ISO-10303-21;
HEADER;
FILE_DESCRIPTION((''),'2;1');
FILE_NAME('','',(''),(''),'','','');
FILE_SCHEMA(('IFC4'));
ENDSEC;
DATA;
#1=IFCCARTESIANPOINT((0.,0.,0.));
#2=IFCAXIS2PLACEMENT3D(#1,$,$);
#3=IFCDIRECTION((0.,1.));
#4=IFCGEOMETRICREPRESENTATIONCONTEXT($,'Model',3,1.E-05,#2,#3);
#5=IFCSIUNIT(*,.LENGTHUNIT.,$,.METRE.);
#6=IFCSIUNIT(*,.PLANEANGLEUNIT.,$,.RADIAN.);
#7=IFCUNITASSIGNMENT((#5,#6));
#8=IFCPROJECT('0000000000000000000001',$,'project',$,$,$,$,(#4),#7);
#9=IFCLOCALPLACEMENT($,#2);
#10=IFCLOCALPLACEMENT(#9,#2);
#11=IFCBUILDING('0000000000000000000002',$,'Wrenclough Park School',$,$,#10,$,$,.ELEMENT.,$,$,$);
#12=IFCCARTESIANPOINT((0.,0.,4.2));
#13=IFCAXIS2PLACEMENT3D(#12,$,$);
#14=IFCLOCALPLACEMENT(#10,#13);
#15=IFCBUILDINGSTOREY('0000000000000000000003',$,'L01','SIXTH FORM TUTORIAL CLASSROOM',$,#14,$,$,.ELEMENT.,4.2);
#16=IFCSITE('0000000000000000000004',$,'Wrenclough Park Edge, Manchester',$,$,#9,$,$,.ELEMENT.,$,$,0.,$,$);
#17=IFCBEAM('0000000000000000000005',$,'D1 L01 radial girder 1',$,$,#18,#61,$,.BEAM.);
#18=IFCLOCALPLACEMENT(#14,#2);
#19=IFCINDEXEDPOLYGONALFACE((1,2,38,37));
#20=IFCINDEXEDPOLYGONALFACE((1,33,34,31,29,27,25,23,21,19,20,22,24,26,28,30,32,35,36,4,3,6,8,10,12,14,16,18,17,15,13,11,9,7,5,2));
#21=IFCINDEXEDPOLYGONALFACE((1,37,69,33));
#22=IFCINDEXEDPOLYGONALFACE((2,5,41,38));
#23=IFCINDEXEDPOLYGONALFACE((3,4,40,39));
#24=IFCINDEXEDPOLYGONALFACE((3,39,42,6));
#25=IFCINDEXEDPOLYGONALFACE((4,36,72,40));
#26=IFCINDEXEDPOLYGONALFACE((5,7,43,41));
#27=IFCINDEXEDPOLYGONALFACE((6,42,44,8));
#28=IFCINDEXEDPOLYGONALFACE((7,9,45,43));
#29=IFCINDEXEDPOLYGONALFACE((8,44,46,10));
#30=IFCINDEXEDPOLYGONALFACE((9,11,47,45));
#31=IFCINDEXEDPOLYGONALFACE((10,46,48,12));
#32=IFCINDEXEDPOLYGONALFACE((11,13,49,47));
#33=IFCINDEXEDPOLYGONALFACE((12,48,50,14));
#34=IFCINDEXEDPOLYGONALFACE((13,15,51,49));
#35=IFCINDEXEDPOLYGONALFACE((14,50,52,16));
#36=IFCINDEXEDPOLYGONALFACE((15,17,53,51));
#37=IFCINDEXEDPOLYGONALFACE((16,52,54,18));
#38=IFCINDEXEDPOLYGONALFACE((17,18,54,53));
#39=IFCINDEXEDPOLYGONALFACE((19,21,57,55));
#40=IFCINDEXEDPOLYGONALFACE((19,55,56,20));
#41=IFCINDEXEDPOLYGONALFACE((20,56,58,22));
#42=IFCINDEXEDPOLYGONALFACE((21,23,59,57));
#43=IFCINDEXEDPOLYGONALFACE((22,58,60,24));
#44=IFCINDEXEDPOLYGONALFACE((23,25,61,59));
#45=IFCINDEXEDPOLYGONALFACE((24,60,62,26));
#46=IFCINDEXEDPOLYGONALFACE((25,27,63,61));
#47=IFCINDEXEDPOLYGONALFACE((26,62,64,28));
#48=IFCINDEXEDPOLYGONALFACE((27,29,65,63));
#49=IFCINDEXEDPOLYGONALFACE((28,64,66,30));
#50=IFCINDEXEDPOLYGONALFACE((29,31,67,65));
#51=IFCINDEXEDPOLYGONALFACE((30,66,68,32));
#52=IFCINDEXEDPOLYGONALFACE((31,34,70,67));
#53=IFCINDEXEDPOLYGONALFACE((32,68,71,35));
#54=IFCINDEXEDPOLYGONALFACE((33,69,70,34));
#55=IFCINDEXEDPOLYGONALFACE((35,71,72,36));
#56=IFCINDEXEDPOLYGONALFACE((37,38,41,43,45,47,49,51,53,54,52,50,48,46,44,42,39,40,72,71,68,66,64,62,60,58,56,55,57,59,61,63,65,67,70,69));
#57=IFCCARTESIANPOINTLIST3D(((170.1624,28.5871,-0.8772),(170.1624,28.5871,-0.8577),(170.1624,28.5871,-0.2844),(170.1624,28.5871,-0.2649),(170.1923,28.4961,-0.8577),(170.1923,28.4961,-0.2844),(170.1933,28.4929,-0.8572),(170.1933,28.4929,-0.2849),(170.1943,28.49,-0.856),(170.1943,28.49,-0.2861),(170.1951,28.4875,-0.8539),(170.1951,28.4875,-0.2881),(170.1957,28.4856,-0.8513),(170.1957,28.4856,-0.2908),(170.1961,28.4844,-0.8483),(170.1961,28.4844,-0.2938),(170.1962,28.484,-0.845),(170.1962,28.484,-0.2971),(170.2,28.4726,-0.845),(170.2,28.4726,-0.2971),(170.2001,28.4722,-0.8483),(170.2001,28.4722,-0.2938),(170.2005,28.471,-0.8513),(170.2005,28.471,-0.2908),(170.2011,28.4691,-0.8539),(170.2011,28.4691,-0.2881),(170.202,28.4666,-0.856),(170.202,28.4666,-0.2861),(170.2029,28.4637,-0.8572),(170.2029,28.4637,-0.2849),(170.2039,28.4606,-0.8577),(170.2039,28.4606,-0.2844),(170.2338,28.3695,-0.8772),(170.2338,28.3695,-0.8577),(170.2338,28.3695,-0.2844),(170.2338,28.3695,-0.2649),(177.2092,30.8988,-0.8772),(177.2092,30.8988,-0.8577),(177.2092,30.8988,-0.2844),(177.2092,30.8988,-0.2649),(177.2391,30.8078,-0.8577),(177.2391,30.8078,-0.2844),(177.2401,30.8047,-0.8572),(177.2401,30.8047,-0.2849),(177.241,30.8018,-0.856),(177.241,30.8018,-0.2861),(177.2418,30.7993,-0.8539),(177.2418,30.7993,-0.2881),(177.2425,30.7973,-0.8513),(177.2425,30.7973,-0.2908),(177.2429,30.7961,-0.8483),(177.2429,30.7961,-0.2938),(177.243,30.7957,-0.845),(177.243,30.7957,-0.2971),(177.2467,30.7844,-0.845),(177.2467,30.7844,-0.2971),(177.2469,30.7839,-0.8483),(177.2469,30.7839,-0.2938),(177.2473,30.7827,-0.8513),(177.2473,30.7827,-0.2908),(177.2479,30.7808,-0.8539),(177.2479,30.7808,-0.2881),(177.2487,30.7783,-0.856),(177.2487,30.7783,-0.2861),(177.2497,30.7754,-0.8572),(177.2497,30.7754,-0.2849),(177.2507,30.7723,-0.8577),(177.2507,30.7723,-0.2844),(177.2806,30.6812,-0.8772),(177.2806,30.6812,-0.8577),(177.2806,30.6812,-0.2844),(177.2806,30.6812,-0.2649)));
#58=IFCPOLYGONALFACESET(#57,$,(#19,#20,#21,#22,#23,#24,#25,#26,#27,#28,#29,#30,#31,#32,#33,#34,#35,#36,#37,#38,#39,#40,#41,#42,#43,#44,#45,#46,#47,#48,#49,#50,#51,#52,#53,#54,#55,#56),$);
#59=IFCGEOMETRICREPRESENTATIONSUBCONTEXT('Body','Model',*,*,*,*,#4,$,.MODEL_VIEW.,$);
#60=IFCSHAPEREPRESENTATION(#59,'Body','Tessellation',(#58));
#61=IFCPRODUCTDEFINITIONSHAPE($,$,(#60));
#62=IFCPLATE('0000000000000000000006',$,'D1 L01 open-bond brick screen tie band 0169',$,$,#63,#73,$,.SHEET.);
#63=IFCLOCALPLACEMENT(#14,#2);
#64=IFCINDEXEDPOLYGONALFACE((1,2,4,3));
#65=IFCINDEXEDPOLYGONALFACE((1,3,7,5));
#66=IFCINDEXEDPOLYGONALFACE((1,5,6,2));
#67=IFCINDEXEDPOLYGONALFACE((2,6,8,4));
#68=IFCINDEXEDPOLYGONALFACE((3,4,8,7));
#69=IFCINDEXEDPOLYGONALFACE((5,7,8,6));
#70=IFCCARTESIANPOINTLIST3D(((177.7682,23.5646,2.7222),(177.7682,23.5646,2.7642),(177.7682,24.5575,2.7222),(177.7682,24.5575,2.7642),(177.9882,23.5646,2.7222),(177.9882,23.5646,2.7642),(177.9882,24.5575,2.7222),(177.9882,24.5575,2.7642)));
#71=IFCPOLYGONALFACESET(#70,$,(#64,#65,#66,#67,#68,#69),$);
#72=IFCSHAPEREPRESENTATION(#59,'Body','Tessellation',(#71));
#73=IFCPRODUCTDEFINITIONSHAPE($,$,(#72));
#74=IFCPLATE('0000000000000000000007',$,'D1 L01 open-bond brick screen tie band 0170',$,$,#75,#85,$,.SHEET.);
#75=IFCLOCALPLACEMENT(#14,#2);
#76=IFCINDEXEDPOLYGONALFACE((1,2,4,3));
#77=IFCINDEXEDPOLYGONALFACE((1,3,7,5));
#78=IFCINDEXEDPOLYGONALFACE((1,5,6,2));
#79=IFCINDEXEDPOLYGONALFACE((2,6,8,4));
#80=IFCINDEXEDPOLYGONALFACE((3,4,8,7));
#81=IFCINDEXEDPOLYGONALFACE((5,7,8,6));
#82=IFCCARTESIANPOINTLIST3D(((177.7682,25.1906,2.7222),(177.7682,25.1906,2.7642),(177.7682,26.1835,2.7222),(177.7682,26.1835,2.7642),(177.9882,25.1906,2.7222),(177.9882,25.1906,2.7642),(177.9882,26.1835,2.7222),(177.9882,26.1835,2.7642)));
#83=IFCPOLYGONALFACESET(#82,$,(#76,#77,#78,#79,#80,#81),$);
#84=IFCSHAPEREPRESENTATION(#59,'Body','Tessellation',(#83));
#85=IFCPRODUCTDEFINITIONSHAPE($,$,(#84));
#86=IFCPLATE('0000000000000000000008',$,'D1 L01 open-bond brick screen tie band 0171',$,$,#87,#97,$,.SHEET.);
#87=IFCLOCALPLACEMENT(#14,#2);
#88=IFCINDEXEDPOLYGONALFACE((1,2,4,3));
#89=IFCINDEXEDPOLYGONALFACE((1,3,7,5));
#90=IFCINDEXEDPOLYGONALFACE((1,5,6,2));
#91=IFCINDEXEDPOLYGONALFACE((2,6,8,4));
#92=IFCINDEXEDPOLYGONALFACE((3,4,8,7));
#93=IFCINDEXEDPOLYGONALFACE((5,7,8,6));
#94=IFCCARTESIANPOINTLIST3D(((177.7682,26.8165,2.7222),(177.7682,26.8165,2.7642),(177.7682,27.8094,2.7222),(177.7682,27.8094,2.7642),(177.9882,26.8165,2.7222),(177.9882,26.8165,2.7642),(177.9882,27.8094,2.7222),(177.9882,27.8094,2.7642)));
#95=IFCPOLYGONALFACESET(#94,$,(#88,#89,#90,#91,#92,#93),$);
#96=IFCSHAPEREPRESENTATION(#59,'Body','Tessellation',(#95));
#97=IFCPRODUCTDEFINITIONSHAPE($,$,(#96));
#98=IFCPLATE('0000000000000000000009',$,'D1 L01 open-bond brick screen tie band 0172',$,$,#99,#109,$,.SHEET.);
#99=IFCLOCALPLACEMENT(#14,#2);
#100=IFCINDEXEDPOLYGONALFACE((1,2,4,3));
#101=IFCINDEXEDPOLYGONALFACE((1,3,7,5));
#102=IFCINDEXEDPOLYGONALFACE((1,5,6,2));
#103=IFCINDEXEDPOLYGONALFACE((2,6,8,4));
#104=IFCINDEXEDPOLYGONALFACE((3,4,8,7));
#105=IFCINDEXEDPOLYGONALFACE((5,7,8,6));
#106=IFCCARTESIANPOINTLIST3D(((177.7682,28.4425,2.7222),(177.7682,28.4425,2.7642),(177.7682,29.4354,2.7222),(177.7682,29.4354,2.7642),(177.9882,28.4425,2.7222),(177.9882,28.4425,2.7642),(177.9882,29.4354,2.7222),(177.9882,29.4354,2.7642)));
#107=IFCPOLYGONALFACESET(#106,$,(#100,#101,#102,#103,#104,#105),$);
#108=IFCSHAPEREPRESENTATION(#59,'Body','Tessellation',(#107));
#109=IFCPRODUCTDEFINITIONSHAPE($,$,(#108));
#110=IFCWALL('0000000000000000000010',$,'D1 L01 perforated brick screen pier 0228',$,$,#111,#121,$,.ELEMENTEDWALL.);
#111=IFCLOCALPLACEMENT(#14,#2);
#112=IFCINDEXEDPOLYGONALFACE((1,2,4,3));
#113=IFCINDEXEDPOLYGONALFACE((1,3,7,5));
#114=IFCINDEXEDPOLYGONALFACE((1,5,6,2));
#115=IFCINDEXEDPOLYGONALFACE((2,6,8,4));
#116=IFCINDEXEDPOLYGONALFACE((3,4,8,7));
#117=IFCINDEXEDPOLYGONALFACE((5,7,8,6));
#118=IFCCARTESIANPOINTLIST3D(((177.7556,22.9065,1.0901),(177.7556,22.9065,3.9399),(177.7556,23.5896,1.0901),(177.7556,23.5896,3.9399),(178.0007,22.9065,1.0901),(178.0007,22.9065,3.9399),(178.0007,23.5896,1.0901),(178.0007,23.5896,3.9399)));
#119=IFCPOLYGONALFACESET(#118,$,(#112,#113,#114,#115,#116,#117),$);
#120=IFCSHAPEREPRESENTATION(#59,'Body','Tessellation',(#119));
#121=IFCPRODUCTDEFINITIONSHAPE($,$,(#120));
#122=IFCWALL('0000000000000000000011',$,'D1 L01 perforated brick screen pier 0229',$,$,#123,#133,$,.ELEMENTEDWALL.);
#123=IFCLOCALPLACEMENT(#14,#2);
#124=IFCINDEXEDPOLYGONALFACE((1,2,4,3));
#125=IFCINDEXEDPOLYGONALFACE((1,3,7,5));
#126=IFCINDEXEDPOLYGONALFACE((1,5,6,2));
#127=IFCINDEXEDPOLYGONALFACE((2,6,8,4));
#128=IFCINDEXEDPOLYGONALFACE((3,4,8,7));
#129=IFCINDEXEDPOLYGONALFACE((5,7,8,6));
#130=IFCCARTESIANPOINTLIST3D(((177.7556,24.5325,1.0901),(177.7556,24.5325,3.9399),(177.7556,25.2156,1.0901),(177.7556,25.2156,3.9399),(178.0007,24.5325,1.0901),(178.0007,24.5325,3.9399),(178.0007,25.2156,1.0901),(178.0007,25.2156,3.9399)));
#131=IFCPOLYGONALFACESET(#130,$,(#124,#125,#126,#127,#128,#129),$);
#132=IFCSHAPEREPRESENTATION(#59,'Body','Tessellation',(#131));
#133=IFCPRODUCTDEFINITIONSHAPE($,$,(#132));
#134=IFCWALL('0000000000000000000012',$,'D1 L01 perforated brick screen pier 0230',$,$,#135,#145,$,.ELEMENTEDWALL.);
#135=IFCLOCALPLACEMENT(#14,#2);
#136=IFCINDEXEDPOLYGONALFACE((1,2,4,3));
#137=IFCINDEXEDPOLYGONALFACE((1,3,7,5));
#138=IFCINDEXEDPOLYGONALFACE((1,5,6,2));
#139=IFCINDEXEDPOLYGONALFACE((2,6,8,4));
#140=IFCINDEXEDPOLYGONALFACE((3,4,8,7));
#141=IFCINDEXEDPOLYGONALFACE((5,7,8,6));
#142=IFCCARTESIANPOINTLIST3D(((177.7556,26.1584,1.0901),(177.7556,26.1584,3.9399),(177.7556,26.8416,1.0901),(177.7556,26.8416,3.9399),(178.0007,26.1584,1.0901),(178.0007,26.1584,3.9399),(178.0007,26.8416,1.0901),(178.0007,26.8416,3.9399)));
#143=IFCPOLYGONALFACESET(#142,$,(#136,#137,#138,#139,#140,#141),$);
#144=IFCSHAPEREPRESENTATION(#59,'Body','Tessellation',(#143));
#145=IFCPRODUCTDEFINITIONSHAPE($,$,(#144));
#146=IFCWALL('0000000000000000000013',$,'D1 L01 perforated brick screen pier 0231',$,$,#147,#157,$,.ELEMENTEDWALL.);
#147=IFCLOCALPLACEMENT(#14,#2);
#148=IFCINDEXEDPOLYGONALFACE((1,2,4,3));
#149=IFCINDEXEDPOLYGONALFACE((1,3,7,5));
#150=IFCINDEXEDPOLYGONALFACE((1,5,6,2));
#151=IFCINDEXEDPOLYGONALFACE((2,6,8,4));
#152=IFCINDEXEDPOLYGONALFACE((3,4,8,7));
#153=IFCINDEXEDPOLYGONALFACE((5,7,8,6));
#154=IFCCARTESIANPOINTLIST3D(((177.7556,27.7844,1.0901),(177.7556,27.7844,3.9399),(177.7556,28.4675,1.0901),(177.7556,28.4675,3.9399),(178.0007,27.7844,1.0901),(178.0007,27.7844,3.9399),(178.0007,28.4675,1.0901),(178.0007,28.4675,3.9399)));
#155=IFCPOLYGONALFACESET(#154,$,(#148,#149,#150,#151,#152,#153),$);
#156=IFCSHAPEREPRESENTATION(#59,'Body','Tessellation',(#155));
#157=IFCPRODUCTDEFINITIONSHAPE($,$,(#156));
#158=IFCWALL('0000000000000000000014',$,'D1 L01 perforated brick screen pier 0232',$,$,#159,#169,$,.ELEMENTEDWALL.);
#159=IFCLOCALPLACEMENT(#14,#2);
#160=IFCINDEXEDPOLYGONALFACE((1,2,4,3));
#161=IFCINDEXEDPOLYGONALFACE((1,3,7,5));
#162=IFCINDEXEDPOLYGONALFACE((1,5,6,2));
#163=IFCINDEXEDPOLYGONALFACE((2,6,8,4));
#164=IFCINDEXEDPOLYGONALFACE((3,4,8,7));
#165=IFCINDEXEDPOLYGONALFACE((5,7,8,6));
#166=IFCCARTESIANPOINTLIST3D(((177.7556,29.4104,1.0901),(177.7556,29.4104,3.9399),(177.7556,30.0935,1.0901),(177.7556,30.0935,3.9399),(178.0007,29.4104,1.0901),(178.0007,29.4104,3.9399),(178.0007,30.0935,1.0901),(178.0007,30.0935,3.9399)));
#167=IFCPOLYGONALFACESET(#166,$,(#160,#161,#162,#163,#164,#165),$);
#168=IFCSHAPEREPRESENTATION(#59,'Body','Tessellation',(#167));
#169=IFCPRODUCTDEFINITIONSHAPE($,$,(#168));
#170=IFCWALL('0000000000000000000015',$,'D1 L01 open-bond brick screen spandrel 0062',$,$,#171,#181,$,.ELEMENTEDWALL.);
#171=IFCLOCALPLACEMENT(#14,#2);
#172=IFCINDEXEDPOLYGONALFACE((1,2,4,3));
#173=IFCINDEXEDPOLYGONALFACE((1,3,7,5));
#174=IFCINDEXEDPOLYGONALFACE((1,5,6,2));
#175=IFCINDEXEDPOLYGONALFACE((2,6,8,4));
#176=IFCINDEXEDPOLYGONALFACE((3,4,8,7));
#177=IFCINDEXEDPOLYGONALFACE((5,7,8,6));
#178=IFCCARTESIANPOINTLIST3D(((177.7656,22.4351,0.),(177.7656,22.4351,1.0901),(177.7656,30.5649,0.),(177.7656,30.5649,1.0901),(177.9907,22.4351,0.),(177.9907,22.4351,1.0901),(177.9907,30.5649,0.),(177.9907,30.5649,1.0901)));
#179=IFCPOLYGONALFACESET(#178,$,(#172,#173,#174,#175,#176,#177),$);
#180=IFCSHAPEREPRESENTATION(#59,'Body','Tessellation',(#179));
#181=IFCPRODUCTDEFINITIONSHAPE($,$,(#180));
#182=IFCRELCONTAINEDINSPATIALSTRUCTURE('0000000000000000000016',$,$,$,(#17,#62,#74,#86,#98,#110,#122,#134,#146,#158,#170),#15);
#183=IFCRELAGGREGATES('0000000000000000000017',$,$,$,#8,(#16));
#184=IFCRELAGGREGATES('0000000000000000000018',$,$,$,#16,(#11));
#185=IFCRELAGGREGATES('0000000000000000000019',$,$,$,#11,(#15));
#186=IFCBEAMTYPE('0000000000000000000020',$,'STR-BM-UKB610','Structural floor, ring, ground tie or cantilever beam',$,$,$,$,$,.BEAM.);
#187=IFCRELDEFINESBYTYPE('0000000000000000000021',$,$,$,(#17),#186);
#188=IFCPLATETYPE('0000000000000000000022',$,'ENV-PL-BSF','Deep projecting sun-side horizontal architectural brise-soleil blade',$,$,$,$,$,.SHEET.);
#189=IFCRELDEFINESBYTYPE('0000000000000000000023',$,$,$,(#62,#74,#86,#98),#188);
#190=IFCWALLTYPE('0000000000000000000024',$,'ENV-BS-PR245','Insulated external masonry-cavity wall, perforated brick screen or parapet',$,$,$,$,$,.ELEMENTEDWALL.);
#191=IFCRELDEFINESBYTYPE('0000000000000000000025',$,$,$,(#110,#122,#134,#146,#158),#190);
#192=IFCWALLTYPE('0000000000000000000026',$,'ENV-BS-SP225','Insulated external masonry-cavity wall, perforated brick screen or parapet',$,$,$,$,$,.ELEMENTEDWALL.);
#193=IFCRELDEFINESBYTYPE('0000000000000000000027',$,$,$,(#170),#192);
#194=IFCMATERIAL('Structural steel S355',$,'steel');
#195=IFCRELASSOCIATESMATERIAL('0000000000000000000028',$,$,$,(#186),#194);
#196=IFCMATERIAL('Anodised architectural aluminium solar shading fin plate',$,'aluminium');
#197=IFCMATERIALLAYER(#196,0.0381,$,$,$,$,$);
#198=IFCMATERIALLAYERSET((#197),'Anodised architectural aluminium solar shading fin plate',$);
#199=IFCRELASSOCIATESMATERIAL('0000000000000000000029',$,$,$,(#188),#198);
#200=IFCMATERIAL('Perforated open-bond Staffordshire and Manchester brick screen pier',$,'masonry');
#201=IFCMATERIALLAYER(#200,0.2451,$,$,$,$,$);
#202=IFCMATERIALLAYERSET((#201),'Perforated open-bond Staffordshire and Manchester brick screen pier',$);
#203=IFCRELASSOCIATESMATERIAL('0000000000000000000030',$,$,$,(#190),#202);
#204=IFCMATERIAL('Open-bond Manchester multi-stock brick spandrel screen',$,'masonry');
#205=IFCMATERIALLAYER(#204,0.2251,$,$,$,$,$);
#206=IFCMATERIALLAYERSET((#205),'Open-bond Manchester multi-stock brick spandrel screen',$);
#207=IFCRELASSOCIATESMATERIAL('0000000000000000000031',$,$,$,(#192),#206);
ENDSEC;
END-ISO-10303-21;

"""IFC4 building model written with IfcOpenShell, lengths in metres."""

from ifc_helpers import new_model, si_unit, direction, frame, frame_2d, origin, origin_2d, place, context, subcontext, project, spatial, rectangle, i_section, extrude, material, layer, layer_set, material_profile, profile_set, type_object, element, save


model = new_model("IFC4")

# Units and contexts
model_context = context("Model", 3, precision=1e-05, world=origin(), true_north=direction((0.0, 1.0)))
body_context = subcontext(model_context, "Body", "Model", "MODEL_VIEW")
ifc_project = project(units=[si_unit("LENGTHUNIT", "METRE"), si_unit("PLANEANGLEUNIT", "RADIAN")], contexts=[model_context])

# Site, building, storey
site_placement = place(None, origin())
site = spatial("IfcSite", under=ifc_project, at=site_placement, Name="Wrenclough Park Edge, Manchester", CompositionType="ELEMENT", RefElevation=0.0)
building_placement = place(site_placement, origin())
building = spatial("IfcBuilding", under=site, at=building_placement, Name="Wrenclough Park School", CompositionType="ELEMENT")
storey_placement = place(building_placement, frame((0.0, 0.0, 4.2)))
storey = spatial("IfcBuildingStorey", under=building, at=storey_placement, Name="L01", Description="SIXTH FORM TUTORIAL CLASSROOM", CompositionType="ELEMENT", Elevation=4.2)

# Shared definitions
ifc_material_1 = material(Name="Structural steel S355", Category="steel")

# Beam
ifc_material_profile_1 = material_profile(ifc_material_1, i_section(OverallWidth=0.229, OverallDepth=0.6123, WebThickness=0.012, FlangeThickness=0.0195, FilletRadius=0.0127, at=origin_2d()), Name="UKB 610x229x125")
ifc_profile_set_1 = profile_set([ifc_material_profile_1], Name="Structural steel S355")
beam_type_1 = type_object("IfcBeamType", Name="STR-BM-UKB610", Description="Structural floor, ring, ground tie or cantilever beam", PredefinedType="BEAM", material=ifc_profile_set_1)
beam_1_placement = place(storey_placement, frame((177.2449, 30.79, -0.571), z_axis=(-0.950177, -0.311711, 0.0), x_axis=(0.311711, -0.950177, 0.0)))
element("IfcBeam", 1, at=beam_1_placement, inside=storey, type_object=beam_type_1, Name="D1 L01 radial girder 1", PredefinedType="BEAM", context=body_context, shape_type="SweptSolid", body=[
    extrude(i_section(OverallWidth=0.229, OverallDepth=0.6123, WebThickness=0.012, FlangeThickness=0.0195, FilletRadius=0.0127, at=origin_2d()), origin(), (0.0, 0.0, 1.0), 7.4163),
])

# Plates
ifc_material_2 = material(Name="Anodised architectural aluminium solar shading fin plate", Category="aluminium")
ifc_layer_1 = layer(ifc_material_2, 0.0381)
ifc_layer_set_1 = layer_set([ifc_layer_1], Name="Anodised architectural aluminium solar shading fin plate")
plate_type = type_object("IfcPlateType", Name="ENV-PL-BSF", Description="Deep projecting sun-side horizontal architectural brise-soleil blade", PredefinedType="SHEET", material=ifc_layer_set_1)
for number, where, z_axis, x_axis, name in (
    (2, (177.8782, 24.061, 2.7222), (0.0, 0.0, 1.0), (0.0, 1.0, 0.0), "D1 L01 open-bond brick screen tie band 0169"),
    (3, (177.8782, 25.687, 2.7222), (0.0, 0.0, 1.0), (0.0, 1.0, 0.0), "D1 L01 open-bond brick screen tie band 0170"),
    (4, (177.8782, 27.313, 2.7222), (0.0, 0.0, 1.0), (0.0, 1.0, 0.0), "D1 L01 open-bond brick screen tie band 0171"),
    (5, (177.8782, 28.939, 2.7222), (0.0, 0.0, 1.0), (0.0, 1.0, 0.0), "D1 L01 open-bond brick screen tie band 0172"),
):
    element("IfcPlate", number, at=place(storey_placement, frame(where, z_axis=z_axis, x_axis=x_axis)), inside=storey, type_object=plate_type, Name=name, PredefinedType="SHEET", context=body_context, shape_type="SweptSolid", body=[
        extrude(rectangle(XDim=0.9929, YDim=0.22, at=origin_2d()), origin(), (0.0, 0.0, 1.0), 0.042),
    ])

# Walls
ifc_material_3 = material(Name="Perforated open-bond Staffordshire and Manchester brick screen pier", Category="masonry")
ifc_layer_2 = layer(ifc_material_3, 0.2451)
ifc_layer_set_2 = layer_set([ifc_layer_2], Name="Perforated open-bond Staffordshire and Manchester brick screen pier")
wall_type_1 = type_object("IfcWallType", Name="ENV-BS-PR245", Description="Insulated external masonry-cavity wall, perforated brick screen or parapet", PredefinedType="ELEMENTEDWALL", material=ifc_layer_set_2)
for number, where, z_axis, x_axis, name in (
    (6, (177.8782, 22.9065, 1.0901), (0.0, 0.0, 1.0), (0.0, 1.0, 0.0), "D1 L01 perforated brick screen pier 0228"),
    (7, (177.8782, 24.5325, 1.0901), (0.0, 0.0, 1.0), (0.0, 1.0, 0.0), "D1 L01 perforated brick screen pier 0229"),
    (8, (177.8782, 26.1584, 1.0901), (0.0, 0.0, 1.0), (0.0, 1.0, 0.0), "D1 L01 perforated brick screen pier 0230"),
    (9, (177.8782, 27.7844, 1.0901), (0.0, 0.0, 1.0), (0.0, 1.0, 0.0), "D1 L01 perforated brick screen pier 0231"),
    (10, (177.8782, 29.4104, 1.0901), (0.0, 0.0, 1.0), (0.0, 1.0, 0.0), "D1 L01 perforated brick screen pier 0232"),
):
    element("IfcWall", number, at=place(storey_placement, frame(where, z_axis=z_axis, x_axis=x_axis)), inside=storey, type_object=wall_type_1, Name=name, PredefinedType="ELEMENTEDWALL", context=body_context, shape_type="SweptSolid", body=[
        extrude(rectangle(XDim=0.6831, YDim=0.2451, at=frame_2d((0.3416, 0.0))), origin(), (0.0, 0.0, 1.0), 2.8499),
    ])
ifc_material_4 = material(Name="Open-bond Manchester multi-stock brick spandrel screen", Category="masonry")
ifc_layer_3 = layer(ifc_material_4, 0.2251)
ifc_layer_set_3 = layer_set([ifc_layer_3], Name="Open-bond Manchester multi-stock brick spandrel screen")
wall_type_2 = type_object("IfcWallType", Name="ENV-BS-SP225", Description="Insulated external masonry-cavity wall, perforated brick screen or parapet", PredefinedType="ELEMENTEDWALL", material=ifc_layer_set_3)
wall_1_placement = place(storey_placement, frame((177.8782, 22.4351, 0.0), z_axis=(0.0, 0.0, 1.0), x_axis=(0.0, 1.0, 0.0)))
element("IfcWall", 11, at=wall_1_placement, inside=storey, type_object=wall_type_2, Name="D1 L01 open-bond brick screen spandrel 0062", PredefinedType="ELEMENTEDWALL", context=body_context, shape_type="SweptSolid", body=[
    extrude(rectangle(XDim=8.1299, YDim=0.2251, at=frame_2d((4.0649, 0.0))), origin(), (0.0, 0.0, 1.0), 1.0901),
])

save(model, "model.ifc")
